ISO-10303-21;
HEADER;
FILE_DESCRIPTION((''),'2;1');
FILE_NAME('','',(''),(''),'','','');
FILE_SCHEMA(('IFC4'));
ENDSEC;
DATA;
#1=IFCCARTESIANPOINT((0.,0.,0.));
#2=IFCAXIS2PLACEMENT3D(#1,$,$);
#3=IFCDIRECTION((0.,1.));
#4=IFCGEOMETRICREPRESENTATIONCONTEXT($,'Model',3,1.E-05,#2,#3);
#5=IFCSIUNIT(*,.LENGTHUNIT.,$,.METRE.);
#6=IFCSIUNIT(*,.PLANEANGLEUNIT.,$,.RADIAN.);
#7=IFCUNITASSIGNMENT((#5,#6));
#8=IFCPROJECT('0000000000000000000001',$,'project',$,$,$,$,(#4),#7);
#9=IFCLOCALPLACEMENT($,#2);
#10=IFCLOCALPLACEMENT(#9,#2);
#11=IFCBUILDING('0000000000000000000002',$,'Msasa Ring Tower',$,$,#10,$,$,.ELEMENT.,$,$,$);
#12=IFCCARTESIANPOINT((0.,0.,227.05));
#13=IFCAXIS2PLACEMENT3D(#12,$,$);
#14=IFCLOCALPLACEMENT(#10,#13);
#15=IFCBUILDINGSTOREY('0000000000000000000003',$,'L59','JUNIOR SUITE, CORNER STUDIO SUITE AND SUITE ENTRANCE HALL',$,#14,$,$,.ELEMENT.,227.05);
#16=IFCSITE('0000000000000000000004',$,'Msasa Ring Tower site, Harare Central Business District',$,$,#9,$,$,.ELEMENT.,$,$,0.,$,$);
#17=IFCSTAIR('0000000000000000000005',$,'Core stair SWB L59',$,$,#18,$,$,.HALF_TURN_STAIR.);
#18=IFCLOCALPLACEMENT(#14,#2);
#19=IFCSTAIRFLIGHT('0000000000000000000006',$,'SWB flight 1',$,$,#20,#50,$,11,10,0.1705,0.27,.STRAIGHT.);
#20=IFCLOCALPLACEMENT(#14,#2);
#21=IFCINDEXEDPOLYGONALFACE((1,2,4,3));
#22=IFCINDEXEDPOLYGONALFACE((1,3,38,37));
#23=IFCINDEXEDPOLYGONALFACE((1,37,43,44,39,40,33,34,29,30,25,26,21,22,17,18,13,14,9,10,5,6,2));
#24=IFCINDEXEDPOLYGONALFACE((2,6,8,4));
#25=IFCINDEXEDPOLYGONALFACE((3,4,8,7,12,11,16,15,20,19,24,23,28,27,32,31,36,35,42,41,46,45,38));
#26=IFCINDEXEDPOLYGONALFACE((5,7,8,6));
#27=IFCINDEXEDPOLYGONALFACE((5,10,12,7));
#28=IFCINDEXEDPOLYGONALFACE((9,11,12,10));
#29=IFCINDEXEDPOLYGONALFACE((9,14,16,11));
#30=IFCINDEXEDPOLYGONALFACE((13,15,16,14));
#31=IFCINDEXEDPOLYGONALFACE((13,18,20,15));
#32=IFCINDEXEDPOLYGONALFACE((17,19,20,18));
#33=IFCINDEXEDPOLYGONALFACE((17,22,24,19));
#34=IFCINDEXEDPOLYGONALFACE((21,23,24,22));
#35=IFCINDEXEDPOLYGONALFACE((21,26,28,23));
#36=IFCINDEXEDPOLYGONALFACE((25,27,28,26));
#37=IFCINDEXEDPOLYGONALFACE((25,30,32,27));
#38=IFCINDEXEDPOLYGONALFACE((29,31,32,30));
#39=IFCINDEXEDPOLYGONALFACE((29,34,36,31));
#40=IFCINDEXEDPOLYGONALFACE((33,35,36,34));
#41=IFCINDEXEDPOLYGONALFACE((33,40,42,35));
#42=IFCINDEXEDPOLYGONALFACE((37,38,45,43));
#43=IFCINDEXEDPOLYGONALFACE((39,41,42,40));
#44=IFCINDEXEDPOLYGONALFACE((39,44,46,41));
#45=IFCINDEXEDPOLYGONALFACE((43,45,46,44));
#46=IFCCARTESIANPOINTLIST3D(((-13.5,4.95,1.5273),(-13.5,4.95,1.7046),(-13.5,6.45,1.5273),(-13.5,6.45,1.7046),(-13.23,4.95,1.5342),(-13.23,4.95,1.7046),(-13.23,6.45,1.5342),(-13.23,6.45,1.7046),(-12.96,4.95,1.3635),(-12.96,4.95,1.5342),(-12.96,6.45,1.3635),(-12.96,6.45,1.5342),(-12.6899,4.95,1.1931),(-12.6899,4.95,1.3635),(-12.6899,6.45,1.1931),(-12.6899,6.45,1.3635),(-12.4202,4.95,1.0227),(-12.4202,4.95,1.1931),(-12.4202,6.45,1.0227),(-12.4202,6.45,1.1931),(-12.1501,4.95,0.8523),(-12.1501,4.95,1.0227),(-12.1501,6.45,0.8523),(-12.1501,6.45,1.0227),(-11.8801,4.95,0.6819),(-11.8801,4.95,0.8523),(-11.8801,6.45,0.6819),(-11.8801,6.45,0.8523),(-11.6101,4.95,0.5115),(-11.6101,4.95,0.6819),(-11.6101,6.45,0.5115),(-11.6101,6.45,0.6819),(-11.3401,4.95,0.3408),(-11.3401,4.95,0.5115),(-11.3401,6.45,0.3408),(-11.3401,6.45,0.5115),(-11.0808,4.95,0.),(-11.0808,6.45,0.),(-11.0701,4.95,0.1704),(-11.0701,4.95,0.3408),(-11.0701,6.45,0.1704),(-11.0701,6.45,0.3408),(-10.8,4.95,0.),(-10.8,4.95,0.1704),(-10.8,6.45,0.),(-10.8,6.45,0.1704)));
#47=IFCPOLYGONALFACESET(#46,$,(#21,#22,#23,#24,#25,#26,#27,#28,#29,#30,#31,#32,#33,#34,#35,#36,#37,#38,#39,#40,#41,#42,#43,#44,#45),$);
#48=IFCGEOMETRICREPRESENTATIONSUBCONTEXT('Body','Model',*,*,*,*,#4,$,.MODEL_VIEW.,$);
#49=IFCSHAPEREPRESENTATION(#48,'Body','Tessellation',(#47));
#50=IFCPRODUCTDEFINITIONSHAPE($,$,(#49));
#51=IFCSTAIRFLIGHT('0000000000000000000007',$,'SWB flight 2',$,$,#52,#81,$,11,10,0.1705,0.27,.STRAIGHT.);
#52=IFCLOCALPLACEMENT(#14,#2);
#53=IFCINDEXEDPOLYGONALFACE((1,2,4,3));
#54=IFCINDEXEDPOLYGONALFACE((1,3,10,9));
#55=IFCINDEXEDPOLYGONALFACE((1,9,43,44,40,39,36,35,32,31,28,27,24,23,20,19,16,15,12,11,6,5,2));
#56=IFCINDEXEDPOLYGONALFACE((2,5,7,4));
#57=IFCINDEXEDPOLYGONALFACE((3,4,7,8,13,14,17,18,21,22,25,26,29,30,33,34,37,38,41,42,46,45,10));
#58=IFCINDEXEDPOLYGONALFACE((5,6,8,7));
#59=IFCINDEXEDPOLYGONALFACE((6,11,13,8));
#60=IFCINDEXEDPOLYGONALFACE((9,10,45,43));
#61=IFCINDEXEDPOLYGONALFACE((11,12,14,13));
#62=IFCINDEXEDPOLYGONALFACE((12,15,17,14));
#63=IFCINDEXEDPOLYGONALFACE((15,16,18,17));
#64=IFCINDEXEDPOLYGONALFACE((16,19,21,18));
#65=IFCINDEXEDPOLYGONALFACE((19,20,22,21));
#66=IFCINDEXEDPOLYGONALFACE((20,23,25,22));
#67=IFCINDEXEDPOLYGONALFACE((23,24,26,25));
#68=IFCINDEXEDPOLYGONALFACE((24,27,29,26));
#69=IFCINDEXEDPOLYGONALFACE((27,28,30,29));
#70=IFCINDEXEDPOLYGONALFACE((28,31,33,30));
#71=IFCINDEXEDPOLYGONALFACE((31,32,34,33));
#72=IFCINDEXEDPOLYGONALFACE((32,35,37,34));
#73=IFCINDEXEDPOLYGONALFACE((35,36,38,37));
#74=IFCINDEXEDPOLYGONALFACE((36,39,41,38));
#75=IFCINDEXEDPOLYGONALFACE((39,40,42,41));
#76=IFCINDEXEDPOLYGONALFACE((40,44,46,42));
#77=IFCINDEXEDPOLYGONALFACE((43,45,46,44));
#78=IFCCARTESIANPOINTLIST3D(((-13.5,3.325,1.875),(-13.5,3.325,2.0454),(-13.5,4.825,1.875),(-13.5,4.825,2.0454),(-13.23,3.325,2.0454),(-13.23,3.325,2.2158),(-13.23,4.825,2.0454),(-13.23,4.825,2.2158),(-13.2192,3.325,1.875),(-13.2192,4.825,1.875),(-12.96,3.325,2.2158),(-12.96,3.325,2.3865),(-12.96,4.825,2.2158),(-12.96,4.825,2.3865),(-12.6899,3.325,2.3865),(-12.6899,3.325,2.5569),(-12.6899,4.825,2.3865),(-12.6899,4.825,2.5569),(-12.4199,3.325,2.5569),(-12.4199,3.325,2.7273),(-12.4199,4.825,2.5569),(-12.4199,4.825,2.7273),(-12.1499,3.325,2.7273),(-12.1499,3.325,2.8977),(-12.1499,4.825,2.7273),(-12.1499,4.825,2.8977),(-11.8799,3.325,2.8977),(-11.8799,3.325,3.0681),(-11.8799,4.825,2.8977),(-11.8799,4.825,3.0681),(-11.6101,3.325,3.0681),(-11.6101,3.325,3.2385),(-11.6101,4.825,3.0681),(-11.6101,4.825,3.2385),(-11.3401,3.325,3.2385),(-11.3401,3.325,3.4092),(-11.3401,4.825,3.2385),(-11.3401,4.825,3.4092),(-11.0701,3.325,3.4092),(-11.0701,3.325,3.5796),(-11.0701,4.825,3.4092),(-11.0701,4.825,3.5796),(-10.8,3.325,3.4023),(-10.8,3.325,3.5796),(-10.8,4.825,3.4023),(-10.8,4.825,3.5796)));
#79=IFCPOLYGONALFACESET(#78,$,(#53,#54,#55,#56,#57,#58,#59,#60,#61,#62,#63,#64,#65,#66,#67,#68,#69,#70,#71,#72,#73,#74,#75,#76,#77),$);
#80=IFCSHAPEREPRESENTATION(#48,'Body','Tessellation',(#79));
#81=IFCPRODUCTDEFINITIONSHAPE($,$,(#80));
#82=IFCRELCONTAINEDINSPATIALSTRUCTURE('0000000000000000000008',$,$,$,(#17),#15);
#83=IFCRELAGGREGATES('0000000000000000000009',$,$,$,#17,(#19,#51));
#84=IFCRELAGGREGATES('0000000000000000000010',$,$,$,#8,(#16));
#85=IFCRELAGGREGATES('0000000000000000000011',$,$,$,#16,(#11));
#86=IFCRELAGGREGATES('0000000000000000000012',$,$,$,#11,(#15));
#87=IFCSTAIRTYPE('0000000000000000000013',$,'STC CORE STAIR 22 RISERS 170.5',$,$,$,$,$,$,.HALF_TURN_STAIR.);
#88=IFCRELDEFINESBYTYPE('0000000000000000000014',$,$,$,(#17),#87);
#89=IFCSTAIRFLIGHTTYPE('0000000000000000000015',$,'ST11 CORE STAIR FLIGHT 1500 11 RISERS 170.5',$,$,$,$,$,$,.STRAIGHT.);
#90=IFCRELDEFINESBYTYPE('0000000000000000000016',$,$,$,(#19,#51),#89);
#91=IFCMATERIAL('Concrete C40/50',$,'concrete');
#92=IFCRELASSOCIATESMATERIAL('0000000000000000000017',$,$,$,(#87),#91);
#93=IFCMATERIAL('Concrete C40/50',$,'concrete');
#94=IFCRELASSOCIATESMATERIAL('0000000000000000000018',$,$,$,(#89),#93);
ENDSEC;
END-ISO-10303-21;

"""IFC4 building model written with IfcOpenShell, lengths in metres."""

from ifc_helpers import new_model, si_unit, direction, frame, origin, place, context, subcontext, project, spatial, polyline, outline, extrude, material, type_object, element, aggregate, save


model = new_model("IFC4")

# Units and contexts
model_context = context("Model", 3, precision=1e-05, world=origin(), true_north=direction((0.0, 1.0)))
body_context = subcontext(model_context, "Body", "Model", "MODEL_VIEW")
ifc_project = project(units=[si_unit("LENGTHUNIT", "METRE"), si_unit("PLANEANGLEUNIT", "RADIAN")], contexts=[model_context])

# Site, building, storey
site_placement = place(None, origin())
site = spatial("IfcSite", under=ifc_project, at=site_placement, Name="Msasa Ring Tower site, Harare Central Business District", CompositionType="ELEMENT", RefElevation=0.0)
building_placement = place(site_placement, origin())
building = spatial("IfcBuilding", under=site, at=building_placement, Name="Msasa Ring Tower", CompositionType="ELEMENT")
storey_placement = place(building_placement, frame((0.0, 0.0, 227.05)))
storey = spatial("IfcBuildingStorey", under=building, at=storey_placement, Name="L59", Description="JUNIOR SUITE, CORNER STUDIO SUITE AND SUITE ENTRANCE HALL", CompositionType="ELEMENT", Elevation=227.05)

# Stair, stair flights
ifc_material_1 = material(Name="Concrete C40/50", Category="concrete")
stair_type = type_object("IfcStairType", Name="STC CORE STAIR 22 RISERS 170.5", PredefinedType="HALF_TURN_STAIR", material=ifc_material_1)
stair_placement = place(storey_placement, origin())
stair = element("IfcStair", 1, at=stair_placement, inside=storey, type_object=stair_type, Name="Core stair SWB L59", PredefinedType="HALF_TURN_STAIR")
ifc_material_2 = material(Name="Concrete C40/50", Category="concrete")
stair_flight_type = type_object("IfcStairFlightType", Name="ST11 CORE STAIR FLIGHT 1500 11 RISERS 170.5", PredefinedType="STRAIGHT", material=ifc_material_2)
stair_flight_1_placement = place(storey_placement, frame((-10.8, 5.7, 0.0), z_axis=(0.0, 0.0, 1.0), x_axis=(-1.0, 0.0, 0.0)))
stair_flight_1 = element("IfcStairFlight", 2, at=stair_flight_1_placement, type_object=stair_flight_type, Name="SWB flight 1", NumberOfRisers=11, NumberOfTreads=10, PredefinedType="STRAIGHT", RiserHeight=0.1705, TreadLength=0.27, context=body_context, shape_type="SweptSolid", body=[
    extrude(outline(polyline([(0.0, 0.0), (0.0, 0.1704), (0.27, 0.1704), (0.27, 0.3408), (0.54, 0.3408), (0.54, 0.5115), (0.8101, 0.5115), (0.8101, 0.6819), (1.0801, 0.6819), (1.0801, 0.8523), (1.3501, 0.8523), (1.3501, 1.0227), (1.6201, 1.0227), (1.6201, 1.1931), (1.8899, 1.1931), (1.8899, 1.3635), (2.1599, 1.3635), (2.1599, 1.5342), (2.4299, 1.5342), (2.4299, 1.7046), (2.7, 1.7046), (2.7, 1.875), (2.7, 1.5273), (0.2808, 0.0), (0.0, 0.0)])), frame((0.0, 0.75, 0.0), z_axis=(0.0, -1.0, 0.0), x_axis=(1.0, 0.0, 0.0)), (0.0, 0.0, 1.0), 1.5),
])
stair_flight_2_placement = place(storey_placement, frame((-13.5, 4.075, 1.875), z_axis=(0.0, 0.0, 1.0), x_axis=(1.0, 0.0, 0.0)))
stair_flight_2 = element("IfcStairFlight", 3, at=stair_flight_2_placement, type_object=stair_flight_type, Name="SWB flight 2", NumberOfRisers=11, NumberOfTreads=10, PredefinedType="STRAIGHT", RiserHeight=0.1705, TreadLength=0.27, context=body_context, shape_type="SweptSolid", body=[
    extrude(outline(polyline([(0.0, 0.0), (0.0, 0.1704), (0.27, 0.1704), (0.27, 0.3408), (0.54, 0.3408), (0.54, 0.5115), (0.8101, 0.5115), (0.8101, 0.6819), (1.0801, 0.6819), (1.0801, 0.8523), (1.3501, 0.8523), (1.3501, 1.0227), (1.6201, 1.0227), (1.6201, 1.1931), (1.8899, 1.1931), (1.8899, 1.3635), (2.1599, 1.3635), (2.1599, 1.5342), (2.4299, 1.5342), (2.4299, 1.7046), (2.7, 1.7046), (2.7, 1.875), (2.7, 1.5273), (0.2808, 0.0), (0.0, 0.0)])), frame((0.0, 0.75, 0.0), z_axis=(0.0, -1.0, 0.0), x_axis=(1.0, 0.0, 0.0)), (0.0, 0.0, 1.0), 1.5),
])
aggregate(stair, [stair_flight_1, stair_flight_2])

save(model, "model.ifc")
